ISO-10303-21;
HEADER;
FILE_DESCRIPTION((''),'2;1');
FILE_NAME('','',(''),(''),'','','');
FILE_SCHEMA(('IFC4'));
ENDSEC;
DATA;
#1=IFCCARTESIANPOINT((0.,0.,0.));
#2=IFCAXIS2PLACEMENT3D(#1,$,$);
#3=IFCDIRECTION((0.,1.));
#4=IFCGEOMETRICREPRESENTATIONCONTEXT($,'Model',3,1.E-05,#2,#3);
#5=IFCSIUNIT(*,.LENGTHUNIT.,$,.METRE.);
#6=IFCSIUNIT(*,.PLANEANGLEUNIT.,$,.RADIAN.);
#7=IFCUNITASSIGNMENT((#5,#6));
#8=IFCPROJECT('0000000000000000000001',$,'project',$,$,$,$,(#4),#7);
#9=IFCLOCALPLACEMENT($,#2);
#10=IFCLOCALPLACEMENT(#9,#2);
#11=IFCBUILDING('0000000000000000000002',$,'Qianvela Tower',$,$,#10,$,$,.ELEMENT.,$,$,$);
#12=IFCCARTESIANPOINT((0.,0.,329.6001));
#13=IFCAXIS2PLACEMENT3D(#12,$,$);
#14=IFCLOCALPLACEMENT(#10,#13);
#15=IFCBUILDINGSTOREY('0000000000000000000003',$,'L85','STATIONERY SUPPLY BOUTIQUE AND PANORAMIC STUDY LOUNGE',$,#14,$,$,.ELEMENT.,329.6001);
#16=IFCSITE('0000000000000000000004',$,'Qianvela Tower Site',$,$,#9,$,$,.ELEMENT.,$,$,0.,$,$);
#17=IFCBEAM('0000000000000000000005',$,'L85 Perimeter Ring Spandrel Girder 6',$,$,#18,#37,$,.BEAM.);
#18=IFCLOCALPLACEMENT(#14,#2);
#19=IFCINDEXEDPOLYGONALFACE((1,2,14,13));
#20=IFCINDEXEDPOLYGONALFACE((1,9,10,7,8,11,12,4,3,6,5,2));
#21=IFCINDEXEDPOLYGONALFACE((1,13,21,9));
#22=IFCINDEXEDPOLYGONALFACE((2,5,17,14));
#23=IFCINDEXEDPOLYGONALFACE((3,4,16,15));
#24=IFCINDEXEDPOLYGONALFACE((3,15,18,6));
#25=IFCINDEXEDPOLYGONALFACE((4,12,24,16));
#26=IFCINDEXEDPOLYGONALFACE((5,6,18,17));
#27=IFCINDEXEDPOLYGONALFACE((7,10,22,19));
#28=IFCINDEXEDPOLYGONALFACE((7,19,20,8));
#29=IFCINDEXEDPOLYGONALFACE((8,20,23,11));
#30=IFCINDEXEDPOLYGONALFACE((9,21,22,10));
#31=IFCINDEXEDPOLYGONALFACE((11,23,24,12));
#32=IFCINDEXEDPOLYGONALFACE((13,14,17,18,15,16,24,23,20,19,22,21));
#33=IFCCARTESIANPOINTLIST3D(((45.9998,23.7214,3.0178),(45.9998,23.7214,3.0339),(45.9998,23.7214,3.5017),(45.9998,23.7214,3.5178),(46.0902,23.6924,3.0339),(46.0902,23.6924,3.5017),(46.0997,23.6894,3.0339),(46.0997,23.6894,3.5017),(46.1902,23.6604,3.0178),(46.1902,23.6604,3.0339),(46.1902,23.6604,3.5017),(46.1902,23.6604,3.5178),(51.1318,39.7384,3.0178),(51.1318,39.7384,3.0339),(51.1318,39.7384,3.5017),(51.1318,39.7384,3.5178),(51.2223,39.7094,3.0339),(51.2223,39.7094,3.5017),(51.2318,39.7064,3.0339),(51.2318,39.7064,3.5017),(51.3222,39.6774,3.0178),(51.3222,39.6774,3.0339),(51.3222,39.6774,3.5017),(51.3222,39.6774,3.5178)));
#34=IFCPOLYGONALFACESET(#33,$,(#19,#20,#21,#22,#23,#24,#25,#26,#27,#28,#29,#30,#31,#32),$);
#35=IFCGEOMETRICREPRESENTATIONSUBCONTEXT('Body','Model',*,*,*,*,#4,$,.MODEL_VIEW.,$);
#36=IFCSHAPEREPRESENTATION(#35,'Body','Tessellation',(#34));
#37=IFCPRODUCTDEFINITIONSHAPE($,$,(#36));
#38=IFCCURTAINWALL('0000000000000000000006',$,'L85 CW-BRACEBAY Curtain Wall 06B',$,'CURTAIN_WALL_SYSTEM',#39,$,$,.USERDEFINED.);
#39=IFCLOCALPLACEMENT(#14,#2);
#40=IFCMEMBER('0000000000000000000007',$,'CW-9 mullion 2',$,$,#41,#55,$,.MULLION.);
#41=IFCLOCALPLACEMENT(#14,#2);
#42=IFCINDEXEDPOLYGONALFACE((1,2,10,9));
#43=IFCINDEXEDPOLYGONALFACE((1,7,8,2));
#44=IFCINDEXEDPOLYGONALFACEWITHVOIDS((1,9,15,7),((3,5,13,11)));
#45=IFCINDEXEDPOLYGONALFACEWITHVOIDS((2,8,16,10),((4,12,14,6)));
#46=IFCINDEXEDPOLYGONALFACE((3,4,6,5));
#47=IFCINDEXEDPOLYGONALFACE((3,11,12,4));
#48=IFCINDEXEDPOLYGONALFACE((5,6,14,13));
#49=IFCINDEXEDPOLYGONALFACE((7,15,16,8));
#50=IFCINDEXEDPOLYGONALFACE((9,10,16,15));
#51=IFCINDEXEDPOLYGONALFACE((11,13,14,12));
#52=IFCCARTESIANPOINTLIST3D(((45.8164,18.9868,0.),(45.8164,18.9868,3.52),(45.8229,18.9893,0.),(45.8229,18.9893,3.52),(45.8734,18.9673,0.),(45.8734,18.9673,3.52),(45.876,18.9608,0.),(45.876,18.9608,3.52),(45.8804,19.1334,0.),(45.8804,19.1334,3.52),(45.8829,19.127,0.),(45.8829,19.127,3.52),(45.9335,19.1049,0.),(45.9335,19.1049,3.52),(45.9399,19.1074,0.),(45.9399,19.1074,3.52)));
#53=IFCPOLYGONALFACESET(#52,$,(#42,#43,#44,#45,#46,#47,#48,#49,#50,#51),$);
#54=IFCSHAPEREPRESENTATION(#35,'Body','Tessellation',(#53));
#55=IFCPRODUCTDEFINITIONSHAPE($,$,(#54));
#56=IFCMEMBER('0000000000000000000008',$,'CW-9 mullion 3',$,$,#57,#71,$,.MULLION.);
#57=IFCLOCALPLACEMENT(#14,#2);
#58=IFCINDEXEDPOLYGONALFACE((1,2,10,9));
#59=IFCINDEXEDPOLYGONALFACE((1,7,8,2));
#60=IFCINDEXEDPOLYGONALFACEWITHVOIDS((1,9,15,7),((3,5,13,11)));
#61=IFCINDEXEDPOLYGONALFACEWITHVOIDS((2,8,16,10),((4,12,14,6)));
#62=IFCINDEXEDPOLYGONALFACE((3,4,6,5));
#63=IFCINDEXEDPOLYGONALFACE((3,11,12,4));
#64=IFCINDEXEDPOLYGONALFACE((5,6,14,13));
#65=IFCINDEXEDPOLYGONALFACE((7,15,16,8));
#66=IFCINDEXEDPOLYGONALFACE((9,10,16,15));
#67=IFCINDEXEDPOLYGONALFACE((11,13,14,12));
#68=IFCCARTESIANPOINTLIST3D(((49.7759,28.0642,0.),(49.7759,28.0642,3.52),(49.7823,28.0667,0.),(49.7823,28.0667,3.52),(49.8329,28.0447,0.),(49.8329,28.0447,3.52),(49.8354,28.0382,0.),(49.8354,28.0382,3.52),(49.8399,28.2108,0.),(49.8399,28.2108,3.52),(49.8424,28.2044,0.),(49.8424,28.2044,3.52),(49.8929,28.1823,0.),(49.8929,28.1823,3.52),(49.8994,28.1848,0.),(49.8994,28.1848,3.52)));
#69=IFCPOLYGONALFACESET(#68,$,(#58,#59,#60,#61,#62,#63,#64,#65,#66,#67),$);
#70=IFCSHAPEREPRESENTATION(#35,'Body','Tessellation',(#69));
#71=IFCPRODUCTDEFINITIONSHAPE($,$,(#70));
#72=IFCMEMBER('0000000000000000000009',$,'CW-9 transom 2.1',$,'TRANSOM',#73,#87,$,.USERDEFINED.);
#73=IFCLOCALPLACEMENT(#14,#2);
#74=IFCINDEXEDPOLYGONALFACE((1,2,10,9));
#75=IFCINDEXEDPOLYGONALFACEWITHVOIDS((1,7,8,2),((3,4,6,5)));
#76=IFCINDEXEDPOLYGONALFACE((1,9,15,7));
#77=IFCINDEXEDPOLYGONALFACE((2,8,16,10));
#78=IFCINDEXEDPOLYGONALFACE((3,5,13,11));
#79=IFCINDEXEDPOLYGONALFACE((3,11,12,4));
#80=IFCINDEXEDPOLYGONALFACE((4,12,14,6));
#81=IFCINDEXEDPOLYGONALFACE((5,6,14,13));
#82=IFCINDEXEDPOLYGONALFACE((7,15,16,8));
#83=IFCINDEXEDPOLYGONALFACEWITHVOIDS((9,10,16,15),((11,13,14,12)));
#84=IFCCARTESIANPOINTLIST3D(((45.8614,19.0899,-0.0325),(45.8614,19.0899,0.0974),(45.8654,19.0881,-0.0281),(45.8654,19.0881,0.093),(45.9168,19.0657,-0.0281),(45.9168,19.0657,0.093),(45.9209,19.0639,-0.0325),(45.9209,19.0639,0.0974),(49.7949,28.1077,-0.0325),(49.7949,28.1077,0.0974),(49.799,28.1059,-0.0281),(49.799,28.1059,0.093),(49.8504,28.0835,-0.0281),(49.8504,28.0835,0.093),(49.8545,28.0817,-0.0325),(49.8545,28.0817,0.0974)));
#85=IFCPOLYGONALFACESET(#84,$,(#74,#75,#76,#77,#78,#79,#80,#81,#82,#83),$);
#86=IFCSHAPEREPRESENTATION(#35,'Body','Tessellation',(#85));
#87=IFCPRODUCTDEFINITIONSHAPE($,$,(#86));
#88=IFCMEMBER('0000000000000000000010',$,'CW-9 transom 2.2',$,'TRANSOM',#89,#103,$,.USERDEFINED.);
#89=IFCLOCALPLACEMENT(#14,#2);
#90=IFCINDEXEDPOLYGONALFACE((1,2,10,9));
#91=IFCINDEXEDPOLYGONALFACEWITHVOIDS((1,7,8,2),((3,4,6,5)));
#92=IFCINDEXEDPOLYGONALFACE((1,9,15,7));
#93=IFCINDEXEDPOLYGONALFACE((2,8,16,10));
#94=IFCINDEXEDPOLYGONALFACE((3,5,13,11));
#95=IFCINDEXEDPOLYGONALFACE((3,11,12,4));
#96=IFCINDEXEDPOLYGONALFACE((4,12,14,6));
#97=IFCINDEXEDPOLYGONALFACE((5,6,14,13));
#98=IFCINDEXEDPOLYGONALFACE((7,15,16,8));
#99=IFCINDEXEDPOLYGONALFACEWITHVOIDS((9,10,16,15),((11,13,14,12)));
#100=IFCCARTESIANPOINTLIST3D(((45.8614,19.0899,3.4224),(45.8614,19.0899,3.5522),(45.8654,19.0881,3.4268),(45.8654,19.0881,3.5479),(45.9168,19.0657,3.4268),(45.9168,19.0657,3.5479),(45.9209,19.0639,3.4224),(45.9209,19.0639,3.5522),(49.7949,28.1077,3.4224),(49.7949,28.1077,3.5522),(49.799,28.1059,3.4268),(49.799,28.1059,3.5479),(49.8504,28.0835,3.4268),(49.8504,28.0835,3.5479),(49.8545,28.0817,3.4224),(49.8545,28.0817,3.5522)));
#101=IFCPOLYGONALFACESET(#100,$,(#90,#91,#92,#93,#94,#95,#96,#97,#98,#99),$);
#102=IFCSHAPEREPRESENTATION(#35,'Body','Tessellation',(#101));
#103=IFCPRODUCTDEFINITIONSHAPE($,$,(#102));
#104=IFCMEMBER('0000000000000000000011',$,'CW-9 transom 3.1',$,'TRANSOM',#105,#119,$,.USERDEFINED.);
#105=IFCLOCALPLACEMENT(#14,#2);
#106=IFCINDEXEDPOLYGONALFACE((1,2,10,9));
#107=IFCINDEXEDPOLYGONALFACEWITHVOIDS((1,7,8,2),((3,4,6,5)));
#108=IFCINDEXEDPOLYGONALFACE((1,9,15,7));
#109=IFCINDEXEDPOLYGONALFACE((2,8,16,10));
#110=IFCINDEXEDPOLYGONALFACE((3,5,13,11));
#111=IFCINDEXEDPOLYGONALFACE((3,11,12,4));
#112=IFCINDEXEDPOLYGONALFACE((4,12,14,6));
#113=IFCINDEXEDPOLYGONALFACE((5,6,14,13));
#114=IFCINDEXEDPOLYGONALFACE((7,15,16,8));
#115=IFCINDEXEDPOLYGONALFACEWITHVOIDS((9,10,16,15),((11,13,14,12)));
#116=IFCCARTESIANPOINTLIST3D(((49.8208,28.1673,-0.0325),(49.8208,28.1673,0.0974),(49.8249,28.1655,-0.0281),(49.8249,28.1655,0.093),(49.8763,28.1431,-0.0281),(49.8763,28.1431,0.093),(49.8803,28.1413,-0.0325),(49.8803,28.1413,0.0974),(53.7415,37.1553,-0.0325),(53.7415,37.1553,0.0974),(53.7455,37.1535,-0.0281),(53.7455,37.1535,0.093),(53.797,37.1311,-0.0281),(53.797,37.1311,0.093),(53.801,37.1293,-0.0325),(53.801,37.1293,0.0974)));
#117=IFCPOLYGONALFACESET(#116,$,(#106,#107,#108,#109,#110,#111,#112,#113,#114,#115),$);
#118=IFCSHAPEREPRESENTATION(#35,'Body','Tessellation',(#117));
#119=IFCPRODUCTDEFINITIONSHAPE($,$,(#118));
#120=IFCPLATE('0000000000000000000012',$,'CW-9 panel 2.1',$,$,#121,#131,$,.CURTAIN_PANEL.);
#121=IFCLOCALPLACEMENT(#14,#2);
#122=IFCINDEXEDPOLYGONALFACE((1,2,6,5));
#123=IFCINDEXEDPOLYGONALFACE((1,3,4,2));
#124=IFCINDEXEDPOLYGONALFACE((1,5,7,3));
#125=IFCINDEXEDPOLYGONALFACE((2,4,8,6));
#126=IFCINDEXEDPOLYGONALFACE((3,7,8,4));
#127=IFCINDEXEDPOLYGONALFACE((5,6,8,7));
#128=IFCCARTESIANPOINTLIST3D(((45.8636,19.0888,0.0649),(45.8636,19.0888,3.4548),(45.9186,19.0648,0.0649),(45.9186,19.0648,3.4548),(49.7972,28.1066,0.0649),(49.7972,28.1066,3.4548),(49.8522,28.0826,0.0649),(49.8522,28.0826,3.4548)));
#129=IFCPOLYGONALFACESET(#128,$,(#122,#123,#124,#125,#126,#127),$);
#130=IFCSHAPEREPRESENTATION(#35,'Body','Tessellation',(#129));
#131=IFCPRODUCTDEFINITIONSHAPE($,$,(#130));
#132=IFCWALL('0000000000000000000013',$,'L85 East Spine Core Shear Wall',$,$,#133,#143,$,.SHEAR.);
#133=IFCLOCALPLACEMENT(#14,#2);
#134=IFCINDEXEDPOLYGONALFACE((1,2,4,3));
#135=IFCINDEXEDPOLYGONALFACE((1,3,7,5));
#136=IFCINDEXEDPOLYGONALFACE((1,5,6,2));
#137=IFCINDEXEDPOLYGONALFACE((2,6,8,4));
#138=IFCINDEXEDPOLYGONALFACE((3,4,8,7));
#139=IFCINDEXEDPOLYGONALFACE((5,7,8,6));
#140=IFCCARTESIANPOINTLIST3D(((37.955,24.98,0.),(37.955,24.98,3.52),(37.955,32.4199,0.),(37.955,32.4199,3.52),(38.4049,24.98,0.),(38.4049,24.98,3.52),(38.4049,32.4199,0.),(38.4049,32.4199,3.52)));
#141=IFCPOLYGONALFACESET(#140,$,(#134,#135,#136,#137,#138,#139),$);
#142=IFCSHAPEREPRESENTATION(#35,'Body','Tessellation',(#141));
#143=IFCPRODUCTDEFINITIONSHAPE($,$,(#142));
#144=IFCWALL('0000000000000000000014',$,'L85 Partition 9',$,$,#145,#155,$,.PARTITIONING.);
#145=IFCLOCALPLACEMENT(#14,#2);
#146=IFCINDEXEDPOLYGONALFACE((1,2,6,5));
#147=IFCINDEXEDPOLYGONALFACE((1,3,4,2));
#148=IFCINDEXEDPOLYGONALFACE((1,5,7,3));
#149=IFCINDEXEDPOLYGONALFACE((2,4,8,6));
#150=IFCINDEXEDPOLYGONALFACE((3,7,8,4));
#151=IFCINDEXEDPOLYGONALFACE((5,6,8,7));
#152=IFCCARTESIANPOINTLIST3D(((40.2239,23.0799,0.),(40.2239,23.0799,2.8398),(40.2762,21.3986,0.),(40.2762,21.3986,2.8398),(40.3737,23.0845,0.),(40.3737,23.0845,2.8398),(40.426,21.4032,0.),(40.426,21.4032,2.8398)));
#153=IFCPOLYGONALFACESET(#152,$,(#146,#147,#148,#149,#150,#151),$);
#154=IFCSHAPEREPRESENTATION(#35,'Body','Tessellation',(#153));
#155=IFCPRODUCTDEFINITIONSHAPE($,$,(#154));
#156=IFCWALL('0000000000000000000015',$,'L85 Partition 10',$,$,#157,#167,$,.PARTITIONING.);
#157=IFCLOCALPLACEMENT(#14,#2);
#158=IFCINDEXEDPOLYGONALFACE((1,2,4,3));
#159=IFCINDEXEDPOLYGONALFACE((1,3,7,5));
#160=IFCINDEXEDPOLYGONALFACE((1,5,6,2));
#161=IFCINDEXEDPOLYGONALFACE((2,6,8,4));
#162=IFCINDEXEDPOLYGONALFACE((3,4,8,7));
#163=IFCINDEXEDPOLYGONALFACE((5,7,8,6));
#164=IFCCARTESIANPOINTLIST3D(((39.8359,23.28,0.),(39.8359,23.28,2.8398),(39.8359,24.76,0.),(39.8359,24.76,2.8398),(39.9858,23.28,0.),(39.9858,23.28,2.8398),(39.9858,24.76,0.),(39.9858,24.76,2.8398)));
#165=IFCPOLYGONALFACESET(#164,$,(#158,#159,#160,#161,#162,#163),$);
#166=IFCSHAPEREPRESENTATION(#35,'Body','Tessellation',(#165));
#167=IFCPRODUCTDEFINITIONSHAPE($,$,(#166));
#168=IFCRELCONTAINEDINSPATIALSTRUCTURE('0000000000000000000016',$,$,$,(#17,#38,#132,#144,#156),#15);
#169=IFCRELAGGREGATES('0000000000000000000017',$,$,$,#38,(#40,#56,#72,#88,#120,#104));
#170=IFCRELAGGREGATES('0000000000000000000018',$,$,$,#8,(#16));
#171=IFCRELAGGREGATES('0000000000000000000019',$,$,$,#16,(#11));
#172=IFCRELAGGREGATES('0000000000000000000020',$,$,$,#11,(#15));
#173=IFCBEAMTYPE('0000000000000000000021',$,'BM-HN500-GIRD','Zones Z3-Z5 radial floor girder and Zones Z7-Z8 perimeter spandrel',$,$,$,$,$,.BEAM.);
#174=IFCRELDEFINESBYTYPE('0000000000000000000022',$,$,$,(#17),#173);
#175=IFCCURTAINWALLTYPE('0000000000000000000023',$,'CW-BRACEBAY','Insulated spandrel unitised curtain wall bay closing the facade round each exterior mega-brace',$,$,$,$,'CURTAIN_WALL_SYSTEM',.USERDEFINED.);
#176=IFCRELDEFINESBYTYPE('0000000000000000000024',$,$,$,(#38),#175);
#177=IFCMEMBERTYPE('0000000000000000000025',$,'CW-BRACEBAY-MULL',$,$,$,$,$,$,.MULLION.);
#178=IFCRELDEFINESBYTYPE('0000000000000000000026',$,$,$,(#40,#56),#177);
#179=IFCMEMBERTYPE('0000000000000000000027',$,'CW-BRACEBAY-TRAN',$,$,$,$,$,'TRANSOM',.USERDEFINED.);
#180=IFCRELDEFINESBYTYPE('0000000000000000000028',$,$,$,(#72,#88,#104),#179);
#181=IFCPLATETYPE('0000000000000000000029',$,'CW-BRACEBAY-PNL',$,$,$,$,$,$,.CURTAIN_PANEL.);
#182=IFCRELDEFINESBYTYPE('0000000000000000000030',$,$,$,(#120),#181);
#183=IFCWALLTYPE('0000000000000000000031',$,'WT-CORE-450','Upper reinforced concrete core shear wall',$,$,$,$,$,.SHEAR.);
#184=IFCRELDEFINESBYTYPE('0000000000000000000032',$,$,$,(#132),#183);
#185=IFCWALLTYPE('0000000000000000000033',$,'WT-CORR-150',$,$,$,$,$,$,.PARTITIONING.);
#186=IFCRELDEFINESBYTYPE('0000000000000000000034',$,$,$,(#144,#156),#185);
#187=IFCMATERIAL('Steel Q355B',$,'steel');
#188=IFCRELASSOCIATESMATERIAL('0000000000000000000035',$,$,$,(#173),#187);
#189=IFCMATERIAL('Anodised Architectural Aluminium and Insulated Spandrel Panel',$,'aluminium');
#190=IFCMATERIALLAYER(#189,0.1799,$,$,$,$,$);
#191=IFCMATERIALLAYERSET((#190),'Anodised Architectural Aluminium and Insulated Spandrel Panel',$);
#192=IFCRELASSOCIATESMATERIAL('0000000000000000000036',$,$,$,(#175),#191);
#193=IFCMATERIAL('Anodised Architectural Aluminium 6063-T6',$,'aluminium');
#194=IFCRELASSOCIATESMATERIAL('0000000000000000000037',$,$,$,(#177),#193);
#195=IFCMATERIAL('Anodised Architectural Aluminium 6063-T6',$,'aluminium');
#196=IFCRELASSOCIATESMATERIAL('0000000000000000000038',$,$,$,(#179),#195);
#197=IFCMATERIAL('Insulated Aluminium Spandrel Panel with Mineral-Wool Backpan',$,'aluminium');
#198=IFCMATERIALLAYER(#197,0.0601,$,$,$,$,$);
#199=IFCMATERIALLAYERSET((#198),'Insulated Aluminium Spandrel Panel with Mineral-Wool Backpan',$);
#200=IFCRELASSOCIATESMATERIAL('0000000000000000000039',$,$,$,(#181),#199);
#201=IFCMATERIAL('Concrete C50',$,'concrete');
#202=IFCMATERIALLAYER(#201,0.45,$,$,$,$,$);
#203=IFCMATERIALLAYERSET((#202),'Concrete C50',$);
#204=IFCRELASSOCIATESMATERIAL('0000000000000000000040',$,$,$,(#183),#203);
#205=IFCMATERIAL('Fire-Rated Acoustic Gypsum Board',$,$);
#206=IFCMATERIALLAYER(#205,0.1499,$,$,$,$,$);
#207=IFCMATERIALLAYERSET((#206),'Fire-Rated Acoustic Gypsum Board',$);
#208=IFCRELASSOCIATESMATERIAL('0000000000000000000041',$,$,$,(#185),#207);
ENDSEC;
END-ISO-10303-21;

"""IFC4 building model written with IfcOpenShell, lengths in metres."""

from ifc_helpers import new_model, si_unit, direction, frame, frame_2d, origin, origin_2d, place, context, subcontext, project, spatial, rectangle, hollow_rectangle, i_section, extrude, material, layer, layer_set, material_profile, profile_set, type_object, element, aggregate, save


model = new_model("IFC4")

# Units and contexts
model_context = context("Model", 3, precision=1e-05, world=origin(), true_north=direction((0.0, 1.0)))
body_context = subcontext(model_context, "Body", "Model", "MODEL_VIEW")
ifc_project = project(units=[si_unit("LENGTHUNIT", "METRE"), si_unit("PLANEANGLEUNIT", "RADIAN")], contexts=[model_context])

# Site, building, storey
site_placement = place(None, origin())
site = spatial("IfcSite", under=ifc_project, at=site_placement, Name="Qianvela Tower Site", CompositionType="ELEMENT", RefElevation=0.0)
building_placement = place(site_placement, origin())
building = spatial("IfcBuilding", under=site, at=building_placement, Name="Qianvela Tower", CompositionType="ELEMENT")
storey_placement = place(building_placement, frame((0.0, 0.0, 329.6001)))
storey = spatial("IfcBuildingStorey", under=building, at=storey_placement, Name="L85", Description="STATIONERY SUPPLY BOUTIQUE AND PANORAMIC STUDY LOUNGE", CompositionType="ELEMENT", Elevation=329.6001)

# Beam
ifc_material_1 = material(Name="Steel Q355B", Category="steel")
ifc_material_profile_1 = material_profile(ifc_material_1, i_section(OverallWidth=0.2, OverallDepth=0.5, WebThickness=0.01, FlangeThickness=0.0161, at=origin_2d()), Name="HN500x200x10x16")
ifc_profile_set_1 = profile_set([ifc_material_profile_1], Name="Steel Q355B")
beam_type_1 = type_object("IfcBeamType", Name="BM-HN500-GIRD", Description="Zones Z3-Z5 radial floor girder and Zones Z7-Z8 perimeter spandrel", PredefinedType="BEAM", material=ifc_profile_set_1)
beam_1_placement = place(storey_placement, frame((46.095, 23.6909, 3.2678), z_axis=(0.305132, 0.95231, 0.0), x_axis=(-0.95231, 0.305132, 0.0)))
element("IfcBeam", 1, at=beam_1_placement, inside=storey, type_object=beam_type_1, Name="L85 Perimeter Ring Spandrel Girder 6", PredefinedType="BEAM", context=body_context, shape_type="SweptSolid", body=[
    extrude(i_section(OverallWidth=0.2, OverallDepth=0.5, WebThickness=0.01, FlangeThickness=0.0161, at=origin_2d()), origin(), (0.0, 0.0, 1.0), 16.8191),
])

# Curtain wall, members, plate
ifc_material_2 = material(Name="Anodised Architectural Aluminium and Insulated Spandrel Panel", Category="aluminium")
ifc_layer_1 = layer(ifc_material_2, 0.1799)
ifc_layer_set_1 = layer_set([ifc_layer_1], Name="Anodised Architectural Aluminium and Insulated Spandrel Panel")
curtain_wall_type = type_object("IfcCurtainWallType", Name="CW-BRACEBAY", Description="Insulated spandrel unitised curtain wall bay closing the facade round each exterior mega-brace", ElementType="CURTAIN_WALL_SYSTEM", PredefinedType="USERDEFINED", material=ifc_layer_set_1)
curtain_wall_placement = place(storey_placement, origin())
curtain_wall = element("IfcCurtainWall", 2, at=curtain_wall_placement, inside=storey, type_object=curtain_wall_type, Name="L85 CW-BRACEBAY Curtain Wall 06B", ObjectType="CURTAIN_WALL_SYSTEM", PredefinedType="USERDEFINED")
ifc_material_3 = material(Name="Anodised Architectural Aluminium 6063-T6", Category="aluminium")
ifc_material_profile_2 = material_profile(ifc_material_3, hollow_rectangle(XDim=0.0649, YDim=0.1599, WallThickness=0.0049, at=origin_2d()), Name="ALU-MULL-65x160")
ifc_profile_set_2 = profile_set([ifc_material_profile_2], Name="Anodised Architectural Aluminium 6063-T6")
member_type_1 = type_object("IfcMemberType", Name="CW-BRACEBAY-MULL", PredefinedType="MULLION", material=ifc_profile_set_2)
member_1_placement = place(storey_placement, frame((45.8782, 19.0471, 0.0), z_axis=(0.0, 0.0, 1.0), x_axis=(-0.916593, 0.399821, 0.0)))
member_1 = element("IfcMember", 3, at=member_1_placement, type_object=member_type_1, Name="CW-9 mullion 2", PredefinedType="MULLION", context=body_context, shape_type="SweptSolid", body=[
    extrude(hollow_rectangle(XDim=0.0649, YDim=0.1599, WallThickness=0.0049, at=origin_2d()), origin(), (0.0, 0.0, 1.0), 3.52),
])
member_2_placement = place(storey_placement, frame((49.8376, 28.1245, 0.0), z_axis=(0.0, 0.0, 1.0), x_axis=(-0.916593, 0.399821, 0.0)))
member_2 = element("IfcMember", 4, at=member_2_placement, type_object=member_type_1, Name="CW-9 mullion 3", PredefinedType="MULLION", context=body_context, shape_type="SweptSolid", body=[
    extrude(hollow_rectangle(XDim=0.0649, YDim=0.1599, WallThickness=0.0049, at=origin_2d()), origin(), (0.0, 0.0, 1.0), 3.52),
])
ifc_material_4 = material(Name="Anodised Architectural Aluminium 6063-T6", Category="aluminium")
ifc_material_profile_3 = material_profile(ifc_material_4, hollow_rectangle(XDim=0.0649, YDim=0.1299, WallThickness=0.0044, at=origin_2d()), Name="ALU-TRAN-65x130")
ifc_profile_set_3 = profile_set([ifc_material_profile_3], Name="Anodised Architectural Aluminium 6063-T6")
member_type_2 = type_object("IfcMemberType", Name="CW-BRACEBAY-TRAN", ElementType="TRANSOM", PredefinedType="USERDEFINED", material=ifc_profile_set_3)
member_3_placement = place(storey_placement, frame((45.8911, 19.0769, 0.0325), z_axis=(0.39982, 0.916594, 0.0), x_axis=(-0.916594, 0.39982, 0.0)))
member_3 = element("IfcMember", 5, at=member_3_placement, type_object=member_type_2, Name="CW-9 transom 2.1", ObjectType="TRANSOM", PredefinedType="USERDEFINED", context=body_context, shape_type="SweptSolid", body=[
    extrude(hollow_rectangle(XDim=0.0649, YDim=0.1299, WallThickness=0.0044, at=origin_2d()), origin(), (0.0, 0.0, 1.0), 9.8384),
])
member_4_placement = place(storey_placement, frame((45.8911, 19.0769, 3.4873), z_axis=(0.39982, 0.916594, 0.0), x_axis=(-0.916594, 0.39982, 0.0)))
member_4 = element("IfcMember", 6, at=member_4_placement, type_object=member_type_2, Name="CW-9 transom 2.2", ObjectType="TRANSOM", PredefinedType="USERDEFINED", context=body_context, shape_type="SweptSolid", body=[
    extrude(hollow_rectangle(XDim=0.0649, YDim=0.1299, WallThickness=0.0044, at=origin_2d()), origin(), (0.0, 0.0, 1.0), 9.8384),
])
member_5_placement = place(storey_placement, frame((49.8506, 28.1543, 0.0325), z_axis=(0.399825, 0.916592, 0.0), x_axis=(-0.916592, 0.399825, 0.0)))
member_5 = element("IfcMember", 7, at=member_5_placement, type_object=member_type_2, Name="CW-9 transom 3.1", ObjectType="TRANSOM", PredefinedType="USERDEFINED", context=body_context, shape_type="SweptSolid", body=[
    extrude(hollow_rectangle(XDim=0.0649, YDim=0.1299, WallThickness=0.0044, at=origin_2d()), origin(), (0.0, 0.0, 1.0), 9.8059),
])
ifc_material_5 = material(Name="Insulated Aluminium Spandrel Panel with Mineral-Wool Backpan", Category="aluminium")
ifc_layer_2 = layer(ifc_material_5, 0.0601)
ifc_layer_set_2 = layer_set([ifc_layer_2], Name="Insulated Aluminium Spandrel Panel with Mineral-Wool Backpan")
plate_type = type_object("IfcPlateType", Name="CW-BRACEBAY-PNL", PredefinedType="CURTAIN_PANEL", material=ifc_layer_set_2)
plate_placement = place(storey_placement, frame((47.8579, 23.5857, 0.0649), z_axis=(0.0, 0.0, 1.0), x_axis=(0.399821, 0.916593, 0.0)))
plate = element("IfcPlate", 8, at=plate_placement, type_object=plate_type, Name="CW-9 panel 2.1", PredefinedType="CURTAIN_PANEL", context=body_context, shape_type="SweptSolid", body=[
    extrude(rectangle(XDim=9.8384, YDim=0.0601, at=origin_2d()), origin(), (0.0, 0.0, 1.0), 3.3899),
])
aggregate(curtain_wall, [member_1, member_2, member_3, member_4, plate, member_5])

# Walls
ifc_material_6 = material(Name="Concrete C50", Category="concrete")
ifc_layer_3 = layer(ifc_material_6, 0.45)
ifc_layer_set_3 = layer_set([ifc_layer_3], Name="Concrete C50")
wall_type_1 = type_object("IfcWallType", Name="WT-CORE-450", Description="Upper reinforced concrete core shear wall", PredefinedType="SHEAR", material=ifc_layer_set_3)
wall_1_placement = place(storey_placement, frame((38.1799, 24.98, 0.0), z_axis=(0.0, 0.0, 1.0), x_axis=(0.0, 1.0, 0.0)))
element("IfcWall", 9, at=wall_1_placement, inside=storey, type_object=wall_type_1, Name="L85 East Spine Core Shear Wall", PredefinedType="SHEAR", context=body_context, shape_type="SweptSolid", body=[
    extrude(rectangle(XDim=7.4399, YDim=0.45, at=frame_2d((3.72, 0.0))), origin(), (0.0, 0.0, 1.0), 3.52),
])
ifc_material_7 = material(Name="Fire-Rated Acoustic Gypsum Board")
ifc_layer_4 = layer(ifc_material_7, 0.1499)
ifc_layer_set_4 = layer_set([ifc_layer_4], Name="Fire-Rated Acoustic Gypsum Board")
wall_type_2 = type_object("IfcWallType", Name="WT-CORR-150", PredefinedType="PARTITIONING", material=ifc_layer_set_4)
wall_2_placement = place(storey_placement, frame((40.3511, 21.4009, 0.0), z_axis=(0.0, 0.0, 1.0), x_axis=(-0.031058, 0.999518, 0.0)))
element("IfcWall", 10, at=wall_2_placement, inside=storey, type_object=wall_type_2, Name="L85 Partition 9", PredefinedType="PARTITIONING", context=body_context, shape_type="SweptSolid", body=[
    extrude(rectangle(XDim=1.6821, YDim=0.1499, at=frame_2d((0.8411, 0.0))), origin(), (0.0, 0.0, 1.0), 2.8398),
])
wall_3_placement = place(storey_placement, frame((39.9109, 23.28, 0.0), z_axis=(0.0, 0.0, 1.0), x_axis=(0.0, 1.0, 0.0)))
element("IfcWall", 11, at=wall_3_placement, inside=storey, type_object=wall_type_2, Name="L85 Partition 10", PredefinedType="PARTITIONING", context=body_context, shape_type="SweptSolid", body=[
    extrude(rectangle(XDim=1.48, YDim=0.1499, at=frame_2d((0.74, 0.0))), origin(), (0.0, 0.0, 1.0), 2.8398),
])

save(model, "model.ifc")
